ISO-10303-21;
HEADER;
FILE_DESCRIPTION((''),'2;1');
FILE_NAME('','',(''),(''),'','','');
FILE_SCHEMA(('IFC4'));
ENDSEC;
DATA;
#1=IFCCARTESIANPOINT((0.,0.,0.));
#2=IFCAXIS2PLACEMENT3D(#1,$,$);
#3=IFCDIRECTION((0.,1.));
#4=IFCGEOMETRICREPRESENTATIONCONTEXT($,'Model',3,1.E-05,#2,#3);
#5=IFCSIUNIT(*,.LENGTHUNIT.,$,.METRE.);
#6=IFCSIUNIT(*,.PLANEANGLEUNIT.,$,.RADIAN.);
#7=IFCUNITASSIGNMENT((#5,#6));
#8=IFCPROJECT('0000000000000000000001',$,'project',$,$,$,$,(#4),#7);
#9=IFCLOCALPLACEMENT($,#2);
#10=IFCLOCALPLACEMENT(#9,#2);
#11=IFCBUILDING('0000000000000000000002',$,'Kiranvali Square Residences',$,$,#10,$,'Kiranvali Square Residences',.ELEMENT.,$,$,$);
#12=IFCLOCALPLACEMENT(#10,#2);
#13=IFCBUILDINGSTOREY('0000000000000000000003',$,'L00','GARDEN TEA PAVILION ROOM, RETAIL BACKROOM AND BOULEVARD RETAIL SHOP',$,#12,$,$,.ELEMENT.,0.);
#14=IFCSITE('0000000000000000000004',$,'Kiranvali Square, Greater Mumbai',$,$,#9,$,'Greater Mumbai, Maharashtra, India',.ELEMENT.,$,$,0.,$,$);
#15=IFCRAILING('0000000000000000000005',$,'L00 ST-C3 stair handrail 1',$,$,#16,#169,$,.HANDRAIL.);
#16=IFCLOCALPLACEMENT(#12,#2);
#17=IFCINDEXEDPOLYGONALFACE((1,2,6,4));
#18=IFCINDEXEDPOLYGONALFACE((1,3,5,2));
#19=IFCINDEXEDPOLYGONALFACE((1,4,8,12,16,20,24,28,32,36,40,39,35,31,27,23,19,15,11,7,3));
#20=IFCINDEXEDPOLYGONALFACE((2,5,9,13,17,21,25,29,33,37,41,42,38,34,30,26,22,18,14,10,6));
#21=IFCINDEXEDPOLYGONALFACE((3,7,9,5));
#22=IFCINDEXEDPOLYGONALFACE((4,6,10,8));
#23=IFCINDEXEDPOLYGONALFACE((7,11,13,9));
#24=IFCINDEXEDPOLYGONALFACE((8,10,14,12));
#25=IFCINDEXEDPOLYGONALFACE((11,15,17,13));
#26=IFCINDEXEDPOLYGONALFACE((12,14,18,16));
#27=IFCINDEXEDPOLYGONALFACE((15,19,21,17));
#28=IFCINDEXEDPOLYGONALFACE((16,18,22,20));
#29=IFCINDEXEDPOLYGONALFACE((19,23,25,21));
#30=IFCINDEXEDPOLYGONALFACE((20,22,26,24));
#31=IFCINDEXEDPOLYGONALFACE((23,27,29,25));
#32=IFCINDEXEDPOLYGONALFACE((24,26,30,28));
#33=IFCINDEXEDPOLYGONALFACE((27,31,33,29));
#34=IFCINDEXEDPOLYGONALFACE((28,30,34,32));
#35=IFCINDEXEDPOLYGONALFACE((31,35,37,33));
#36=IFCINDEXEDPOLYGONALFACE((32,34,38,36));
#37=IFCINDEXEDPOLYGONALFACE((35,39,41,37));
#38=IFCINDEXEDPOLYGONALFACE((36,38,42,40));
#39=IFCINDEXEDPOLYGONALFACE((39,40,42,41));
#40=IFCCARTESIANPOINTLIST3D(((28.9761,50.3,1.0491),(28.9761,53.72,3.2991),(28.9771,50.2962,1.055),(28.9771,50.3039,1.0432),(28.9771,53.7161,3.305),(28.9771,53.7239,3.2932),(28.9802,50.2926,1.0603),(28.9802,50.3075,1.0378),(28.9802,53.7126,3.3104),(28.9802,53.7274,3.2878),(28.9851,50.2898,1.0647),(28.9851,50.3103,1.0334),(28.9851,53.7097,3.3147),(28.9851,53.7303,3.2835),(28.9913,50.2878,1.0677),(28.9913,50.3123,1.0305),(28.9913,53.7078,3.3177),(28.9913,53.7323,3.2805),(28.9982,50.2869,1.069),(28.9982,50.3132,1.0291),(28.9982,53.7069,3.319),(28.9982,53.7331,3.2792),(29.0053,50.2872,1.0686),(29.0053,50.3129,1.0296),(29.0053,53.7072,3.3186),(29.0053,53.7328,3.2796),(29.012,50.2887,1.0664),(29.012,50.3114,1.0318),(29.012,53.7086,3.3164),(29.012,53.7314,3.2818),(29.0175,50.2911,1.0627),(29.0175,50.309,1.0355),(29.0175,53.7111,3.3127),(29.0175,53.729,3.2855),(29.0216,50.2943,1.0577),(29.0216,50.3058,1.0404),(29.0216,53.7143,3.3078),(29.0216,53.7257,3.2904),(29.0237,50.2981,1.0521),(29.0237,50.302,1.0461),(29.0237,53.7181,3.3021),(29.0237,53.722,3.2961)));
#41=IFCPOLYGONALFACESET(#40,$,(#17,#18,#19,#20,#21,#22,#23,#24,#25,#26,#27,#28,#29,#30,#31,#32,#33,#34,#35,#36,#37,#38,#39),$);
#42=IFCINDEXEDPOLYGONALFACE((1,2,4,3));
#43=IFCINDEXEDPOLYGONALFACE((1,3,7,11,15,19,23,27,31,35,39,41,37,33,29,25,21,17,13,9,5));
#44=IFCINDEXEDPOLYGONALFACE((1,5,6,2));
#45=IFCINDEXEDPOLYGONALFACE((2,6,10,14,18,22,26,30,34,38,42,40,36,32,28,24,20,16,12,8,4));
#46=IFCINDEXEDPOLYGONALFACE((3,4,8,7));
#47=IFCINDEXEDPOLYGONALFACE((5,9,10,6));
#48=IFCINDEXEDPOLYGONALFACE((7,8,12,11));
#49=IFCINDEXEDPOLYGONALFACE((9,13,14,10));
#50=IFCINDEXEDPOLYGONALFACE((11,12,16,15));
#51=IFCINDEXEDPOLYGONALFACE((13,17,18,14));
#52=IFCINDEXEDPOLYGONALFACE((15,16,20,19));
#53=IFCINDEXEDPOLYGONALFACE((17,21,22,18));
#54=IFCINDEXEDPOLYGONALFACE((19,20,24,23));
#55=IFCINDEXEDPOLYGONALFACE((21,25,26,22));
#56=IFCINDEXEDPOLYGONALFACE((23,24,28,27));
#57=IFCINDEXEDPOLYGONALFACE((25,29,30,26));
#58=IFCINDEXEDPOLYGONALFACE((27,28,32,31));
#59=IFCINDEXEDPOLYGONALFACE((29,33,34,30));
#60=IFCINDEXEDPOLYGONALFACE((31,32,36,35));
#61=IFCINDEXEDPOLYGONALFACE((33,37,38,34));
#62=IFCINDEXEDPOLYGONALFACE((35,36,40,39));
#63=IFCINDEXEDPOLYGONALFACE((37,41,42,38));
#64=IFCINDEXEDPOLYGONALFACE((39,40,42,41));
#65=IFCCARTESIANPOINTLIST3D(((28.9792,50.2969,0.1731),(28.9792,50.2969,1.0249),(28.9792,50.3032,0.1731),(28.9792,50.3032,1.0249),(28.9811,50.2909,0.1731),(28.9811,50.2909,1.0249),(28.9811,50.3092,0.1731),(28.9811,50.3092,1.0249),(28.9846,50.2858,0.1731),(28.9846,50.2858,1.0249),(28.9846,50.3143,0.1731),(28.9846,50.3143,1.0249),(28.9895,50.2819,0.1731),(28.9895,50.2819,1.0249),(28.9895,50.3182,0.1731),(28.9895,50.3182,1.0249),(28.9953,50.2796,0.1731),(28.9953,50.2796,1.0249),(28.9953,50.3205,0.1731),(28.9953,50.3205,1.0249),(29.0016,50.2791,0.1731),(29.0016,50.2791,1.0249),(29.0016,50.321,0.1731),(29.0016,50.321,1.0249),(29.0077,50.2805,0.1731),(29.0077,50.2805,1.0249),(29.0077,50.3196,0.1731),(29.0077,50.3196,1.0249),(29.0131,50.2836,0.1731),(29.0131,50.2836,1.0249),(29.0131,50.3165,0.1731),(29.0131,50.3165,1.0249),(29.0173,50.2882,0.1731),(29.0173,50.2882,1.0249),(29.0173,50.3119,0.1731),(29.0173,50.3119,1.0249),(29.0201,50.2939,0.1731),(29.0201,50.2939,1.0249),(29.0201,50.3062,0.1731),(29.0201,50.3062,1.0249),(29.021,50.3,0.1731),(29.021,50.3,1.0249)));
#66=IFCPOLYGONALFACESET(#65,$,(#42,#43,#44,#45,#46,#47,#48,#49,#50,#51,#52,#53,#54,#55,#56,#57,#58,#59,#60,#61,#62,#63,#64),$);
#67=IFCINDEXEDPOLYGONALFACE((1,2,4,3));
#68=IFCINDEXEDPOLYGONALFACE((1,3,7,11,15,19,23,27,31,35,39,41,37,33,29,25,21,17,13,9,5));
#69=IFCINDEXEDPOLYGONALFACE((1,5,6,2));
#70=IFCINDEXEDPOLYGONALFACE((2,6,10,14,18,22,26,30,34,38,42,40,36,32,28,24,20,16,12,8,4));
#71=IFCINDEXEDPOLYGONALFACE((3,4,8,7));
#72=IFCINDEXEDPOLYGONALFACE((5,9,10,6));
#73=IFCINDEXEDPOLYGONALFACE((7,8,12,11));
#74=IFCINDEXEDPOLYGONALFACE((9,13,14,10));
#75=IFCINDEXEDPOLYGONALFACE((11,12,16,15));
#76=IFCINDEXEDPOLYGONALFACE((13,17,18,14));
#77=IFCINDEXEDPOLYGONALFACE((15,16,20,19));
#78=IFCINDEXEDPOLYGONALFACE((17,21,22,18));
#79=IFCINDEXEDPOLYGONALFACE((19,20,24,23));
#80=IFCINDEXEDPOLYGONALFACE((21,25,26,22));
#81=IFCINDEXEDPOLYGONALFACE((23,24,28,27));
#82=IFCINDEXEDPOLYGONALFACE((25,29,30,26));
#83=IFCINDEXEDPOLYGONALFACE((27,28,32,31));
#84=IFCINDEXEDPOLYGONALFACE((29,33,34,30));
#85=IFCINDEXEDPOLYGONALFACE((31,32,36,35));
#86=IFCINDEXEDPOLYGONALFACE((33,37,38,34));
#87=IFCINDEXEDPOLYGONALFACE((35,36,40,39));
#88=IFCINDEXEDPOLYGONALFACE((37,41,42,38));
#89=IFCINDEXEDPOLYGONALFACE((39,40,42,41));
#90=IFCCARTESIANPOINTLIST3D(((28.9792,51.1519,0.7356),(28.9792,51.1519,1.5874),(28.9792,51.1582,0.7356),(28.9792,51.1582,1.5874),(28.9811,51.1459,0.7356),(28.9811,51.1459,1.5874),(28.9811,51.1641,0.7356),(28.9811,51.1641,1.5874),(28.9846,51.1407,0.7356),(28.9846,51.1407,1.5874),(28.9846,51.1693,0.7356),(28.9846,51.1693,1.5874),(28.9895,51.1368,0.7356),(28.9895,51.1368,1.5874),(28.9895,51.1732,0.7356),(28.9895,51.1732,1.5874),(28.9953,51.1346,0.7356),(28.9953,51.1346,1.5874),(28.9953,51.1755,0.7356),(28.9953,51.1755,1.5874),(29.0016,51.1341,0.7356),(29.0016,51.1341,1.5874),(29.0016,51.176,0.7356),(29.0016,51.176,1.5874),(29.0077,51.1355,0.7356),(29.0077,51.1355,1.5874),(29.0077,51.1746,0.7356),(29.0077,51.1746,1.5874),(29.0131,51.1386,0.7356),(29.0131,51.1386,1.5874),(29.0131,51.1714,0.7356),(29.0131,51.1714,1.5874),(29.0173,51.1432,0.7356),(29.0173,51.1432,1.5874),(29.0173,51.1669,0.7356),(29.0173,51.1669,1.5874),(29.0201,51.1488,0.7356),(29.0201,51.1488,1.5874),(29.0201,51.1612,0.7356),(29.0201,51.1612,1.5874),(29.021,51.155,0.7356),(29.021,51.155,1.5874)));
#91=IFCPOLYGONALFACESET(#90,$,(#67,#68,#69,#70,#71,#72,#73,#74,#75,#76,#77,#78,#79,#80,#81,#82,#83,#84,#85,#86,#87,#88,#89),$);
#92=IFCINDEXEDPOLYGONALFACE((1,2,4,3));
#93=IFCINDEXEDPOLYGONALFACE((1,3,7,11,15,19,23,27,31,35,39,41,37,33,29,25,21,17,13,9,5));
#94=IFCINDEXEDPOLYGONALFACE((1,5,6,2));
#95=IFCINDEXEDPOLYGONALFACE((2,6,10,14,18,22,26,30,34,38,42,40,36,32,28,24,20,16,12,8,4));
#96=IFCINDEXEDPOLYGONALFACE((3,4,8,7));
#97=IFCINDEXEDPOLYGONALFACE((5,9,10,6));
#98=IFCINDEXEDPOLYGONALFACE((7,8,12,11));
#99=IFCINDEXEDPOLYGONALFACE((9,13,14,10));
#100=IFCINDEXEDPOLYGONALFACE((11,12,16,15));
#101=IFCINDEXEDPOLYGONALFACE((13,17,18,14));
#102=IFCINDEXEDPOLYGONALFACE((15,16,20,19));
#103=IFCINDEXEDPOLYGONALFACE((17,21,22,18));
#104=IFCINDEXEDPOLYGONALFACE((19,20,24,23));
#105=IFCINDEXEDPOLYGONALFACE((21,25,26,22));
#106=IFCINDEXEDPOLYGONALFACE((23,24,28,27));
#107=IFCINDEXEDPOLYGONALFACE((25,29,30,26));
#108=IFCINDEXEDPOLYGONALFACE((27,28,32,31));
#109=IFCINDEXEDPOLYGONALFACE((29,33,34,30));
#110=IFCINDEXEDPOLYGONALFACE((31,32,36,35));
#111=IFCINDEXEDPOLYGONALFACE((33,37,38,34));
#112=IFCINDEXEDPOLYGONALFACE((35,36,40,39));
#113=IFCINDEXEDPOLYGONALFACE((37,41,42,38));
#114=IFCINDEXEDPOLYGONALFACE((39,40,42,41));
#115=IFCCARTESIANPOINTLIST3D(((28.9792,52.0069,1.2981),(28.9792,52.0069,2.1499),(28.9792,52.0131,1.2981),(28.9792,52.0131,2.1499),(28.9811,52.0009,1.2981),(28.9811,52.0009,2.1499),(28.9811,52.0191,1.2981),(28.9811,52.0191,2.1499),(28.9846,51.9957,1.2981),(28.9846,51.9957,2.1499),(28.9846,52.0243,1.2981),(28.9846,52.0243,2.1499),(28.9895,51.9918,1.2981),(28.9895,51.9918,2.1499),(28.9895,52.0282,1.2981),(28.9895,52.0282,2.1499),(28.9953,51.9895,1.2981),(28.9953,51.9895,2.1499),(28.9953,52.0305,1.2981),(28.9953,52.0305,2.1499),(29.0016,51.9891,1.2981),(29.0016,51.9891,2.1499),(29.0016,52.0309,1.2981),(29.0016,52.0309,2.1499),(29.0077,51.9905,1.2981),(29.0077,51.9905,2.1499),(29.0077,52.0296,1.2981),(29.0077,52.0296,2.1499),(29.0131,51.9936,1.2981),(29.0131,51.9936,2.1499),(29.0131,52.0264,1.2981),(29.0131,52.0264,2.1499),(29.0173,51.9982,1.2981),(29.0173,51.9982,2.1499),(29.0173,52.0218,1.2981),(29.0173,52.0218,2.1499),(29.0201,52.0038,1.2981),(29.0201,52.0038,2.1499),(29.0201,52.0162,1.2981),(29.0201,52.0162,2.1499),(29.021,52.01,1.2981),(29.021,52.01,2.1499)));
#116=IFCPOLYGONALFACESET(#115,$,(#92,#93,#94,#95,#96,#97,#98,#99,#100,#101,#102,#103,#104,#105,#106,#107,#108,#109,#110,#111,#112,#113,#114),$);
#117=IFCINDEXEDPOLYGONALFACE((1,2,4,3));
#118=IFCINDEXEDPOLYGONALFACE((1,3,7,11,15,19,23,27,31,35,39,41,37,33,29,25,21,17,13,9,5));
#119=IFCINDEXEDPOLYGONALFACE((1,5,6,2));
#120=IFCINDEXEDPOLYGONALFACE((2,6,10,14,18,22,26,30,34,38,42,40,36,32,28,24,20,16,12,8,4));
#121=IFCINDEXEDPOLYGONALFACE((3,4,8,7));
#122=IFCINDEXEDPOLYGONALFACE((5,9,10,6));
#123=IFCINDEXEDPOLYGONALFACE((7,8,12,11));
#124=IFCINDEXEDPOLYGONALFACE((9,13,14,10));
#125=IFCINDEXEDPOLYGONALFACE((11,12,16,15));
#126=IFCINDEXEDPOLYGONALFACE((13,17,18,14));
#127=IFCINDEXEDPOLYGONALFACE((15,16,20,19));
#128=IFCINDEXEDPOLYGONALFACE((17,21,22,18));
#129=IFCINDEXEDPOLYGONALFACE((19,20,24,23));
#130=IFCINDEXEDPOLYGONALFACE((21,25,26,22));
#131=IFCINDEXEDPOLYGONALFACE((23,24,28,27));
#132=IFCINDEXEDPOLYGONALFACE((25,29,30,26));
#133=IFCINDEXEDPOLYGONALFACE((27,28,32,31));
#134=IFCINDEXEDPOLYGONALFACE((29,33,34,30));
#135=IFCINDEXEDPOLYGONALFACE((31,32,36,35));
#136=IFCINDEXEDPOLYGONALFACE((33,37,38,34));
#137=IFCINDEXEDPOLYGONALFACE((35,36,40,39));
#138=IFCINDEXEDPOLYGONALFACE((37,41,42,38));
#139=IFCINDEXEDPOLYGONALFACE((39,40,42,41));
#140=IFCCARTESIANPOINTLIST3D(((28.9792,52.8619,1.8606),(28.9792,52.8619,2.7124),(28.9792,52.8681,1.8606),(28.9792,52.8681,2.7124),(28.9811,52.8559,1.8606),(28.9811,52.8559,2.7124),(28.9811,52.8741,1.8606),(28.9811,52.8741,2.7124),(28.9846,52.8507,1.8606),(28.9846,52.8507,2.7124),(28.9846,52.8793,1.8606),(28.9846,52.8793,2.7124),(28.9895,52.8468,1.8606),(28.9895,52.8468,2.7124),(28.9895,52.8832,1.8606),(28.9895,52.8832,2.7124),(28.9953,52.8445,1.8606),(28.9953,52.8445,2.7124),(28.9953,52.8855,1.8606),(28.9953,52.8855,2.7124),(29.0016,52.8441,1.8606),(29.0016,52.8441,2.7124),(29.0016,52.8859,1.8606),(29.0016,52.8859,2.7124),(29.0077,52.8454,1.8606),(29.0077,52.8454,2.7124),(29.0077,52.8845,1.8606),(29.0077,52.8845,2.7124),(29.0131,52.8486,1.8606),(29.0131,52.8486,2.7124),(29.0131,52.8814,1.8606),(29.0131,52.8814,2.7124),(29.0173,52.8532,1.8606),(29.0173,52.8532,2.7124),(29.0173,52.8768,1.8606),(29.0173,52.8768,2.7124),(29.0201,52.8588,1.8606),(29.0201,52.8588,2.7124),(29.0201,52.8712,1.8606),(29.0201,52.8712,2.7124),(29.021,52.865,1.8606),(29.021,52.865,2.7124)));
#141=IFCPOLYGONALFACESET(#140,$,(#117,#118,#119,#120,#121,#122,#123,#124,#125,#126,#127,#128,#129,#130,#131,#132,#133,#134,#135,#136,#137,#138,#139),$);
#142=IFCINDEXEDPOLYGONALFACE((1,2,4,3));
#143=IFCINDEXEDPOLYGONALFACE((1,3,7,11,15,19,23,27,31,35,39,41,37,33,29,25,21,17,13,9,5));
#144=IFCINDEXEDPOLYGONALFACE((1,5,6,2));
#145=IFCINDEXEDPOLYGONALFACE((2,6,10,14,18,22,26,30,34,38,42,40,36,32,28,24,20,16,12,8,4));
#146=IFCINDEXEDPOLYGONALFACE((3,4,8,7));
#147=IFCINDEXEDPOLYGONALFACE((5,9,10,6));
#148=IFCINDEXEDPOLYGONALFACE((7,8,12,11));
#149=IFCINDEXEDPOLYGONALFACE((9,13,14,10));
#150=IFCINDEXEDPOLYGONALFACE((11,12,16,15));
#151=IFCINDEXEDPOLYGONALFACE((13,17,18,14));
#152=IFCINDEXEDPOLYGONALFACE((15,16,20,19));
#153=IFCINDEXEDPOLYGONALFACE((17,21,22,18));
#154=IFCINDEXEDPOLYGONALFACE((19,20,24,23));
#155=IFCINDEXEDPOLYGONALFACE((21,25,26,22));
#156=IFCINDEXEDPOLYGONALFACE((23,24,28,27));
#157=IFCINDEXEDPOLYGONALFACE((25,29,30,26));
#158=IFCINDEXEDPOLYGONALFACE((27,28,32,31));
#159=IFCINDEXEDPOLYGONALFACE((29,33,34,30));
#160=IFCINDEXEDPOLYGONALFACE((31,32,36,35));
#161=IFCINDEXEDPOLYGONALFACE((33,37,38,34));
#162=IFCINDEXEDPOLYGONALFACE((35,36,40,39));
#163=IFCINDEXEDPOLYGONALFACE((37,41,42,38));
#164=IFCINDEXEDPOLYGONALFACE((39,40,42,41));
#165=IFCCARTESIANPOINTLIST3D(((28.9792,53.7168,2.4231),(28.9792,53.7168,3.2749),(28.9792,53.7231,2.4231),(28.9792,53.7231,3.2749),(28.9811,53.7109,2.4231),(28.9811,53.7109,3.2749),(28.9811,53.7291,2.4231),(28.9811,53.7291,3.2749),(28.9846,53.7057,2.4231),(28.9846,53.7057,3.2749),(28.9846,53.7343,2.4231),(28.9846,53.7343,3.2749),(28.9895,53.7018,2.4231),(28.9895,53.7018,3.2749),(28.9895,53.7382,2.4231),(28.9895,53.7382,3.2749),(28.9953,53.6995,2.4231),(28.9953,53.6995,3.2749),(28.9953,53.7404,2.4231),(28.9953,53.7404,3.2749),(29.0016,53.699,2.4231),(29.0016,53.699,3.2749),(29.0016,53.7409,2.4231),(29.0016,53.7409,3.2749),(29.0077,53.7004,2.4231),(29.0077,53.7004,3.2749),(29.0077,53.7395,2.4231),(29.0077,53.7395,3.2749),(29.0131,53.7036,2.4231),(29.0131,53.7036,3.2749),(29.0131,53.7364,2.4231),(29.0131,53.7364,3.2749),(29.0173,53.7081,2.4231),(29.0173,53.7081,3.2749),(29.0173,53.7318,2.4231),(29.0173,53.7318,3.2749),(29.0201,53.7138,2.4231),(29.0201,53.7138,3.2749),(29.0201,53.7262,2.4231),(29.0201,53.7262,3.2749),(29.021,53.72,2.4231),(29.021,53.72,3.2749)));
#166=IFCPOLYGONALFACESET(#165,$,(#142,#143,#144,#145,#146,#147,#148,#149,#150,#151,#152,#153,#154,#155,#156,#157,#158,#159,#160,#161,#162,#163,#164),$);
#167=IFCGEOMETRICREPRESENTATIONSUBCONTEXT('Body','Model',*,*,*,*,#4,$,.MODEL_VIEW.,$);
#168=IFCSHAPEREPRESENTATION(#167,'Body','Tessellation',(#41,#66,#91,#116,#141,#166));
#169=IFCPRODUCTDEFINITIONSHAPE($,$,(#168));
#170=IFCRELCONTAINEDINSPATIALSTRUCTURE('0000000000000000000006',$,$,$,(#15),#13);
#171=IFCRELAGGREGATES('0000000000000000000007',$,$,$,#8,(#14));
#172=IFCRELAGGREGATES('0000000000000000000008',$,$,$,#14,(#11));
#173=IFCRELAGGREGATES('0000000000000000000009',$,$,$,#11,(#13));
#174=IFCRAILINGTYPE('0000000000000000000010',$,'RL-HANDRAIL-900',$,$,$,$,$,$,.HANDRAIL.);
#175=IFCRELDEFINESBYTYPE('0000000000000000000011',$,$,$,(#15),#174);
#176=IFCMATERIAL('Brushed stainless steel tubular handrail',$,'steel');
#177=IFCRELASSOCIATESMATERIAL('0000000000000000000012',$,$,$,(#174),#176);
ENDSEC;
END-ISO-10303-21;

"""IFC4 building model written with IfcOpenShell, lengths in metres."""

from ifc_helpers import new_model, si_unit, direction, frame, origin, origin_2d, place, context, subcontext, project, spatial, circle, extrude, material, type_object, element, save


model = new_model("IFC4")

# Units and contexts
model_context = context("Model", 3, precision=1e-05, world=origin(), true_north=direction((0.0, 1.0)))
body_context = subcontext(model_context, "Body", "Model", "MODEL_VIEW")
ifc_project = project(units=[si_unit("LENGTHUNIT", "METRE"), si_unit("PLANEANGLEUNIT", "RADIAN")], contexts=[model_context])

# Site, building, storey
site_placement = place(None, origin())
site = spatial("IfcSite", under=ifc_project, at=site_placement, Name="Kiranvali Square, Greater Mumbai", LongName="Greater Mumbai, Maharashtra, India", CompositionType="ELEMENT", RefElevation=0.0)
building_placement = place(site_placement, origin())
building = spatial("IfcBuilding", under=site, at=building_placement, Name="Kiranvali Square Residences", LongName="Kiranvali Square Residences", CompositionType="ELEMENT")
storey_placement = place(building_placement, origin())
storey = spatial("IfcBuildingStorey", under=building, at=storey_placement, Name="L00", Description="GARDEN TEA PAVILION ROOM, RETAIL BACKROOM AND BOULEVARD RETAIL SHOP", CompositionType="ELEMENT", Elevation=0.0)

# Railing
ifc_material_1 = material(Name="Brushed stainless steel tubular handrail", Category="steel")
railing_type = type_object("IfcRailingType", Name="RL-HANDRAIL-900", PredefinedType="HANDRAIL", material=ifc_material_1)
railing_placement = place(storey_placement, frame((29.0, 50.3, 0.1731)))
element("IfcRailing", 1, at=railing_placement, inside=storey, type_object=railing_type, Name="L00 ST-C3 stair handrail 1", PredefinedType="HANDRAIL", context=body_context, shape_type="SweptSolid", body=[
    extrude(circle(Radius=0.0239, at=origin_2d()), frame((0.0, 0.0, 0.876), z_axis=(0.0, 0.835411, 0.549625), x_axis=(-1.0, 0.0, 0.0)), (0.0, 0.0, 1.0), 4.0938),
    extrude(circle(Radius=0.021, at=origin_2d()), origin(), (0.0, 0.0, 1.0), 0.8518),
    extrude(circle(Radius=0.021, at=origin_2d()), frame((0.0, 0.855, 0.5625)), (0.0, 0.0, 1.0), 0.8518),
    extrude(circle(Radius=0.021, at=origin_2d()), frame((0.0, 1.71, 1.125)), (0.0, 0.0, 1.0), 0.8518),
    extrude(circle(Radius=0.021, at=origin_2d()), frame((0.0, 2.5649, 1.6875)), (0.0, 0.0, 1.0), 0.8518),
    extrude(circle(Radius=0.021, at=origin_2d()), frame((0.0, 3.4199, 2.25)), (0.0, 0.0, 1.0), 0.8518),
])

save(model, "model.ifc")
